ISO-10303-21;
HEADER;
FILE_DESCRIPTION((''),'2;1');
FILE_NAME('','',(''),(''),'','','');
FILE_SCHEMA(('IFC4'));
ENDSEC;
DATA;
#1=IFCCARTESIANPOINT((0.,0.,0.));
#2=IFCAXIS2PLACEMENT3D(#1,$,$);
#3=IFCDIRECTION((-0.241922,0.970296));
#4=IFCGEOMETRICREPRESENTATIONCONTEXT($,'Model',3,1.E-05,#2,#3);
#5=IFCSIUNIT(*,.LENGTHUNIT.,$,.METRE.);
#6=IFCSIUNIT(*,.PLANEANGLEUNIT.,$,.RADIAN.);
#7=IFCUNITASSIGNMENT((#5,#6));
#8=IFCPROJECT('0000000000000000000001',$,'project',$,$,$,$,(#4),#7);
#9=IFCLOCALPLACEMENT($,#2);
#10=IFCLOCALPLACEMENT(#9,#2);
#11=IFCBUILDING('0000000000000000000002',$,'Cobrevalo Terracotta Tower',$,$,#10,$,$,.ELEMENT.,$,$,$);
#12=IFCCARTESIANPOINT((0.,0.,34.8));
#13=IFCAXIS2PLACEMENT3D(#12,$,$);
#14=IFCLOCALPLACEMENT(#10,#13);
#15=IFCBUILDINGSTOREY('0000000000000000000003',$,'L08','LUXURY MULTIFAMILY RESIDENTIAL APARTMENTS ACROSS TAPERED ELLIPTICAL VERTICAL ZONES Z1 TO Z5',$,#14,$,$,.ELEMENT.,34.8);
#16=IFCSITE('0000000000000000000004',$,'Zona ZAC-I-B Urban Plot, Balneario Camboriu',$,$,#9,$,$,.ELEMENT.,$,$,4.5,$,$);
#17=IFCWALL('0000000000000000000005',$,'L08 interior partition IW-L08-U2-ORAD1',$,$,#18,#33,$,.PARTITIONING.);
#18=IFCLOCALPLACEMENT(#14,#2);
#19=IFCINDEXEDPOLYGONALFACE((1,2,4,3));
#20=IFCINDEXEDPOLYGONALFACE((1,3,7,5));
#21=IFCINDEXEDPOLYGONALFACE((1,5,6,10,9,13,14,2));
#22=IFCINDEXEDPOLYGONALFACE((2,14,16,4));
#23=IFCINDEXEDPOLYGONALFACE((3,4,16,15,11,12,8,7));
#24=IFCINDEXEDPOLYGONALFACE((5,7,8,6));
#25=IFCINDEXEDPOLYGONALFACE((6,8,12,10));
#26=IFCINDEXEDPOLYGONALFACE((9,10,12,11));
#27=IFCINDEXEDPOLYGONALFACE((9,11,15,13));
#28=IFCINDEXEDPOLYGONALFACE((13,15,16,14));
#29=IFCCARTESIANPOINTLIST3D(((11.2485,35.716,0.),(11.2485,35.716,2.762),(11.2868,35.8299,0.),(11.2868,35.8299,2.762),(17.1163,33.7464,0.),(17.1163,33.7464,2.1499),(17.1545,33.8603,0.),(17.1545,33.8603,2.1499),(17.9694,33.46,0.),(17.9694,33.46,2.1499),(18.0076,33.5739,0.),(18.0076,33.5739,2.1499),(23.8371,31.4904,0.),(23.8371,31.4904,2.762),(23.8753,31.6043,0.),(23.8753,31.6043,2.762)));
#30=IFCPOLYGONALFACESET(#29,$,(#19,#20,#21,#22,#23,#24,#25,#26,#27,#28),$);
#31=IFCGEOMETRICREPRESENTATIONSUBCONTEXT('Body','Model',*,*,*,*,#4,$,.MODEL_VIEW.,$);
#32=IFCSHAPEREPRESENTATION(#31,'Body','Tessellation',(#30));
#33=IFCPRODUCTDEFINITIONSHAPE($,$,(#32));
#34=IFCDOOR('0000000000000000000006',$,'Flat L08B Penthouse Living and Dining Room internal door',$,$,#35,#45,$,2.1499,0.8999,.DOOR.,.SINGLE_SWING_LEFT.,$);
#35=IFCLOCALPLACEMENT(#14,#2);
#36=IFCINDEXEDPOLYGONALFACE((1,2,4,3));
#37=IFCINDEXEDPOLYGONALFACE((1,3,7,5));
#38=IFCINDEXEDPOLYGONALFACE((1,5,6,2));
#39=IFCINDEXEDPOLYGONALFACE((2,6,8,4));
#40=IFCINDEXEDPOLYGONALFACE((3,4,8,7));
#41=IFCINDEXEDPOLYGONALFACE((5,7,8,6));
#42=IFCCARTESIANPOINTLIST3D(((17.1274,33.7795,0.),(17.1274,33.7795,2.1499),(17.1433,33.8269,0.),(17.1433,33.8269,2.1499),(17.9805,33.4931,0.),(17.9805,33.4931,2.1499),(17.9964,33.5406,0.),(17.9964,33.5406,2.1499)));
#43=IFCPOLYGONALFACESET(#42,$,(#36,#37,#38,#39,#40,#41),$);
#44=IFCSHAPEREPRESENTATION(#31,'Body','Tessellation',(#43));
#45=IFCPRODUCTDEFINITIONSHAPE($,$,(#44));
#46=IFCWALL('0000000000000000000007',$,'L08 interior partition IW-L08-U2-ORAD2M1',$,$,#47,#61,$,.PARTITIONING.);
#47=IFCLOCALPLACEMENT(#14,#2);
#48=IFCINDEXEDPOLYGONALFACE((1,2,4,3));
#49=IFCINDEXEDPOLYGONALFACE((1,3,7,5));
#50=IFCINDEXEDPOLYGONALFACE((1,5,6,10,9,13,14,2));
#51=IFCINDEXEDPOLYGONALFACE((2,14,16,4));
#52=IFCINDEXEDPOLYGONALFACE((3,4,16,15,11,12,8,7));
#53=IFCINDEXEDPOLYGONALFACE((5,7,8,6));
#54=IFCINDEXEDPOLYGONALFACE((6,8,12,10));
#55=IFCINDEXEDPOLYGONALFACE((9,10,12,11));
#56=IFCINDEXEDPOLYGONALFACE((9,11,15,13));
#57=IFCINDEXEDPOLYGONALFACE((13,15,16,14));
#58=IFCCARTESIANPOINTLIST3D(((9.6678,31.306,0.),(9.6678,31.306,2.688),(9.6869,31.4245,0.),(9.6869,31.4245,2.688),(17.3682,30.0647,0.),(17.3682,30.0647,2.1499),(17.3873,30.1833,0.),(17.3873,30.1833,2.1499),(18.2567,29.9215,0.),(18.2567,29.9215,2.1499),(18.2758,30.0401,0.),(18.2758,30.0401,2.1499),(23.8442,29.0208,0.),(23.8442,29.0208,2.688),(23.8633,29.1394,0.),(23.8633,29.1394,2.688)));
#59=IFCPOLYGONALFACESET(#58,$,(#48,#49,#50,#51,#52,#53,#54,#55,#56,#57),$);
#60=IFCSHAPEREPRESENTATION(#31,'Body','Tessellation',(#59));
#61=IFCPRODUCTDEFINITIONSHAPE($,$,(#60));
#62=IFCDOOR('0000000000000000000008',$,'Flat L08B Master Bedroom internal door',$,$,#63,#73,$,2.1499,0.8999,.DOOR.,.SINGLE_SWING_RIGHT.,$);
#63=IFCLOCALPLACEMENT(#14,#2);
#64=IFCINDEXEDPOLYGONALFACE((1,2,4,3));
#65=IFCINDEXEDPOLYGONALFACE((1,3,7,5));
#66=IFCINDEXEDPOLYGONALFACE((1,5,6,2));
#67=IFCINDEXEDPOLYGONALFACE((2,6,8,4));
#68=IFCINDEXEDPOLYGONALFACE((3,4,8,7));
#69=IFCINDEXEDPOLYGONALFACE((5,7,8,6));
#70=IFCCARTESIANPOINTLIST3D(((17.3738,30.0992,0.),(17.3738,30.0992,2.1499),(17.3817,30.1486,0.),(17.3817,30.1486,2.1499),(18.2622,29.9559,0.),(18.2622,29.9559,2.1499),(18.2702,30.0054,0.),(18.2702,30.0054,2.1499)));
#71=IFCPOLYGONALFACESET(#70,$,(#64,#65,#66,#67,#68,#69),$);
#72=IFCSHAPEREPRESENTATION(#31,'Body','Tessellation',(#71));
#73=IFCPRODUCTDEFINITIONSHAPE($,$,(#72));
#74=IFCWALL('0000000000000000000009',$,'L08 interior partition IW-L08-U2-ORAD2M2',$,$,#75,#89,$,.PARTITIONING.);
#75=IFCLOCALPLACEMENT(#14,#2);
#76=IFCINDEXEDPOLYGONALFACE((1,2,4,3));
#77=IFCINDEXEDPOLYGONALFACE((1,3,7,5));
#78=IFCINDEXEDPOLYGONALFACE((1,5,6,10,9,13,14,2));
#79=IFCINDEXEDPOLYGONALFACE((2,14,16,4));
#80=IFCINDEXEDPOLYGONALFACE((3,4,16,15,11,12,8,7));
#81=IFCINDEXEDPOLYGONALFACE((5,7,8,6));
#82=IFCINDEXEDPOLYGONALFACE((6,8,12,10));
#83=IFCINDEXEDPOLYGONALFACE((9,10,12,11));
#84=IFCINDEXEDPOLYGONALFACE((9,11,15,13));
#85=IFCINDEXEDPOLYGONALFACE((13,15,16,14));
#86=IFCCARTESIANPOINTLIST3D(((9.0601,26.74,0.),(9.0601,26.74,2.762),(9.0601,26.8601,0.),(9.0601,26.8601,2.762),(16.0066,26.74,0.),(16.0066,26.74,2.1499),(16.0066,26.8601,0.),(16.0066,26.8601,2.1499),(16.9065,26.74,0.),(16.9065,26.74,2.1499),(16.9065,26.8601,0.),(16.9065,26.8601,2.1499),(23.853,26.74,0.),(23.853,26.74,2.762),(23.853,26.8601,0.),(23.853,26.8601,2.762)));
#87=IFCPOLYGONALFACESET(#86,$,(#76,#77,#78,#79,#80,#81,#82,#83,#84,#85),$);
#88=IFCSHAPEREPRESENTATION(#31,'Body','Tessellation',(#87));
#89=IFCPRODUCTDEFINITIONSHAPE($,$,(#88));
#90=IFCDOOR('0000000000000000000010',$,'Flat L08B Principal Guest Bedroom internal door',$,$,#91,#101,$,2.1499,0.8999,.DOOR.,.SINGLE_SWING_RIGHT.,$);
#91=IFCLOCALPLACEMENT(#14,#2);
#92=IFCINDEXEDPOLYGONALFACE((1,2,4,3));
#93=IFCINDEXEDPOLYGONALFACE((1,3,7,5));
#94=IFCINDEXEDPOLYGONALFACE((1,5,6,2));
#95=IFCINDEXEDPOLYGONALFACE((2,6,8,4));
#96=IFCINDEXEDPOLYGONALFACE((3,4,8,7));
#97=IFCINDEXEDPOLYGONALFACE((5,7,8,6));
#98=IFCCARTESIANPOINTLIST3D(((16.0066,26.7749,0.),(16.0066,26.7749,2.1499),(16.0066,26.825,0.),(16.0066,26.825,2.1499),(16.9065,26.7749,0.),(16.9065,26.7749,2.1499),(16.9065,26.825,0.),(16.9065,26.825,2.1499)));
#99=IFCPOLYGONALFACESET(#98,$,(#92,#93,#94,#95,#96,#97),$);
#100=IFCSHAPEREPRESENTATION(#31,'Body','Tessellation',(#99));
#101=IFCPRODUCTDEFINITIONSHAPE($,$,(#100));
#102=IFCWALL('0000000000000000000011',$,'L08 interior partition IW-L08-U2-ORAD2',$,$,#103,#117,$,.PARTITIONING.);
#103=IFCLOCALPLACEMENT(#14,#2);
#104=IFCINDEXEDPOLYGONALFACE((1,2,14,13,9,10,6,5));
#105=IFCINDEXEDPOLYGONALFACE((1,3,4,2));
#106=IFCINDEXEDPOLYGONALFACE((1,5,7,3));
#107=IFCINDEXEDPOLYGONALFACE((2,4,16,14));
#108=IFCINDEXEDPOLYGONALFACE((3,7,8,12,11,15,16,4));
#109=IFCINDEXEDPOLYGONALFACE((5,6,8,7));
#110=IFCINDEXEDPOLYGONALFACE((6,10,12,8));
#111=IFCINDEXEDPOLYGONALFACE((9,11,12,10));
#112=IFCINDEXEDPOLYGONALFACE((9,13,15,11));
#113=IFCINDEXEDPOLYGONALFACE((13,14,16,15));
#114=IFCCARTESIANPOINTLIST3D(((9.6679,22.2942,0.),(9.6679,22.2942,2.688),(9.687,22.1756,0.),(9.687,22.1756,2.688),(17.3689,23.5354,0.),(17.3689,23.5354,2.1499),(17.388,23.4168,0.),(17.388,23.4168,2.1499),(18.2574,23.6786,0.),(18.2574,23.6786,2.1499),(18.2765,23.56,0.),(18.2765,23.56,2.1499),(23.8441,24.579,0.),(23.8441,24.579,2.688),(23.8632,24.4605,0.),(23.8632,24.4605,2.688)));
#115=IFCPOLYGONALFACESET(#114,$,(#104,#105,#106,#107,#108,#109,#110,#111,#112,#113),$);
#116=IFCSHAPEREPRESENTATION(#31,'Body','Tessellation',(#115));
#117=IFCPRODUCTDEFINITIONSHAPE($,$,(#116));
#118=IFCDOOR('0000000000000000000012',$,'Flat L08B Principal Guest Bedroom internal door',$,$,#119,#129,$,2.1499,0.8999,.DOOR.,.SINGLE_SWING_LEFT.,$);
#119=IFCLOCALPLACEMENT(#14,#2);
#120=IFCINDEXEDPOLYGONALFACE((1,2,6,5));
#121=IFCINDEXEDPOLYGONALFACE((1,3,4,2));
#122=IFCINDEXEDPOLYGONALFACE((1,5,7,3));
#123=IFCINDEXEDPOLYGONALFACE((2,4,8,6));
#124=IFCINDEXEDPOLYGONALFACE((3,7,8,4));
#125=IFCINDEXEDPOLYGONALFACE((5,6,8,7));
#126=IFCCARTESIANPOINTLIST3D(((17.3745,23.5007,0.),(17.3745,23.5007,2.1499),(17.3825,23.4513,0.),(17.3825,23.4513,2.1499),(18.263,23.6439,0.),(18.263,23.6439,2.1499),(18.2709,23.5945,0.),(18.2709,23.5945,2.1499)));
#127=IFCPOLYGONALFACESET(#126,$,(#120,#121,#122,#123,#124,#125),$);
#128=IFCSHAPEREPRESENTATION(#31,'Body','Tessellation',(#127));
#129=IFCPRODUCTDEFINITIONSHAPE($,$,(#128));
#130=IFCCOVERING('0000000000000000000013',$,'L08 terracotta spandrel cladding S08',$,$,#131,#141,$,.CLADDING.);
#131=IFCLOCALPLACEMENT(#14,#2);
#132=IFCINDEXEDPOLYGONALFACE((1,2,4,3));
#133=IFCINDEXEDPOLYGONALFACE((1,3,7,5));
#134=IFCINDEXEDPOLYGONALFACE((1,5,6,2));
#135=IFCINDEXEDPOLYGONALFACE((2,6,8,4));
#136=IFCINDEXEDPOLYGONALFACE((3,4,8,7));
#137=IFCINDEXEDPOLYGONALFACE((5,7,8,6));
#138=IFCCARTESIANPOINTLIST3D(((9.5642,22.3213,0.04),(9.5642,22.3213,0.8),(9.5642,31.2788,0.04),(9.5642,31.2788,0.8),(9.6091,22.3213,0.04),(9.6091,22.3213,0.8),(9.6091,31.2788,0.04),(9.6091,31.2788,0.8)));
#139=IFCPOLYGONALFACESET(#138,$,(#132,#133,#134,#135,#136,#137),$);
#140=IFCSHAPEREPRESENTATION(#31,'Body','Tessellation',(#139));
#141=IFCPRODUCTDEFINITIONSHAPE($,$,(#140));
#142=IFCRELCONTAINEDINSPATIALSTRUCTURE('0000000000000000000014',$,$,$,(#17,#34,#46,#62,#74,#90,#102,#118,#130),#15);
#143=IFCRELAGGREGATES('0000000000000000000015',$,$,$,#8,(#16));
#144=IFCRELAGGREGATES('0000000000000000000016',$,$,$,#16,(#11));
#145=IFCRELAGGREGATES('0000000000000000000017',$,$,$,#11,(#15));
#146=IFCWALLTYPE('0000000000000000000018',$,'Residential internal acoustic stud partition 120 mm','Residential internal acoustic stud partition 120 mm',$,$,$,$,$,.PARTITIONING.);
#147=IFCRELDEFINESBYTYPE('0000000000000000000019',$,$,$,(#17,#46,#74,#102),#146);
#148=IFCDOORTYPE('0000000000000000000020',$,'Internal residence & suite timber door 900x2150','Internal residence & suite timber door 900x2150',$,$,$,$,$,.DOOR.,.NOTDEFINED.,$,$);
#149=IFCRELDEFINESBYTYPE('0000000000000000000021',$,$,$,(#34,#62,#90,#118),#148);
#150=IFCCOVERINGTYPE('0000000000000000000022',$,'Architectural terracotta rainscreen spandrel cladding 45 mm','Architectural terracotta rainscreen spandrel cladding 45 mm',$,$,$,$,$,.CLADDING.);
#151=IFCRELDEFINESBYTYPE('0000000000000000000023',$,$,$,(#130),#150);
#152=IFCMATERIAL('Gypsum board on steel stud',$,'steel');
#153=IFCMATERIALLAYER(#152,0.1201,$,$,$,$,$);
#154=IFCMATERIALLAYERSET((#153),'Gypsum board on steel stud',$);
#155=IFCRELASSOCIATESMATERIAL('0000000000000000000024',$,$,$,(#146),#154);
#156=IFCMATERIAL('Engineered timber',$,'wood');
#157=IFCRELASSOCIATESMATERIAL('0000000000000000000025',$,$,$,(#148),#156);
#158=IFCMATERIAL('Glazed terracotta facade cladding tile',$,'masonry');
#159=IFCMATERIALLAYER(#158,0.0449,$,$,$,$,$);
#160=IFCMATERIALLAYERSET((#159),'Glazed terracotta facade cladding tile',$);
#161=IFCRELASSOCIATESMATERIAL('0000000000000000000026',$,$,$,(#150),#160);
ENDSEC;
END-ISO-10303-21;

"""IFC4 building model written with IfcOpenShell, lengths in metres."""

from ifc_helpers import new_model, si_unit, direction, frame, frame_2d, origin, origin_2d, place, context, subcontext, project, spatial, rectangle, extrude, source, transform, mapped, material, layer, layer_set, type_object, element, fill, save


model = new_model("IFC4")

# Units and contexts
model_context = context("Model", 3, precision=1e-05, world=origin(), true_north=direction((-0.241922, 0.970296)))
body_context = subcontext(model_context, "Body", "Model", "MODEL_VIEW")
ifc_project = project(units=[si_unit("LENGTHUNIT", "METRE"), si_unit("PLANEANGLEUNIT", "RADIAN")], contexts=[model_context])

# Site, building, storey
site_placement = place(None, origin())
site = spatial("IfcSite", under=ifc_project, at=site_placement, Name="Zona ZAC-I-B Urban Plot, Balneario Camboriu", CompositionType="ELEMENT", RefElevation=4.5)
building_placement = place(site_placement, origin())
building = spatial("IfcBuilding", under=site, at=building_placement, Name="Cobrevalo Terracotta Tower", CompositionType="ELEMENT")
storey_placement = place(building_placement, frame((0.0, 0.0, 34.8)))
storey = spatial("IfcBuildingStorey", under=building, at=storey_placement, Name="L08", Description="LUXURY MULTIFAMILY RESIDENTIAL APARTMENTS ACROSS TAPERED ELLIPTICAL VERTICAL ZONES Z1 TO Z5", CompositionType="ELEMENT", Elevation=34.8)

# Walls, openings, doors
ifc_material_1 = material(Name="Gypsum board on steel stud", Category="steel")
ifc_layer_1 = layer(ifc_material_1, 0.1201)
ifc_layer_set_1 = layer_set([ifc_layer_1], Name="Gypsum board on steel stud")
wall_type_1 = type_object("IfcWallType", Name="Residential internal acoustic stud partition 120 mm", Description="Residential internal acoustic stud partition 120 mm", PredefinedType="PARTITIONING", material=ifc_layer_set_1)
wall_1_placement = place(storey_placement, frame((23.8562, 31.5474, 0.0), z_axis=(0.0, 0.0, 1.0), x_axis=(-0.948017, 0.318218, 0.0)))
wall_1 = element("IfcWall", 1, at=wall_1_placement, inside=storey, type_object=wall_type_1, Name="L08 interior partition IW-L08-U2-ORAD1", PredefinedType="PARTITIONING", context=body_context, shape_type="SweptSolid", body=[
    extrude(rectangle(XDim=13.2788, YDim=0.1201, at=frame_2d((6.6394, 0.0))), origin(), (0.0, 0.0, 1.0), 2.762),
])
opening_1_placement = place(wall_1_placement, frame((6.1895, 0.0, 0.0)))
opening_1 = element("IfcOpeningElement", 2, at=opening_1_placement, cuts=wall_1, PredefinedType="OPENING", context=body_context, shape_type="SweptSolid", body=[
    extrude(rectangle(XDim=0.8999, YDim=2.1499, at=frame_2d((0.45, 1.075))), frame((0.0, 0.0701, 0.0), z_axis=(0.0, -1.0, 0.0), x_axis=(1.0, 0.0, 0.0)), (0.0, 0.0, 1.0), 0.1401),
])
ifc_material_2 = material(Name="Engineered timber", Category="wood")
door_type = type_object("IfcDoorType", Name="Internal residence & suite timber door 900x2150", Description="Internal residence & suite timber door 900x2150", OperationType="NOTDEFINED", PredefinedType="DOOR", material=ifc_material_2)
shared_shape_1 = source(origin(), body_context, "Body", "SweptSolid", [
    extrude(rectangle(XDim=0.8999, YDim=2.1499, at=frame_2d((0.45, 1.075))), frame((0.0, 0.0249, 0.0), z_axis=(0.0, -1.0, 0.0), x_axis=(1.0, 0.0, 0.0)), (0.0, 0.0, 1.0), 0.05),
])
door_1_placement = place(opening_1_placement, frame((0.8999, 0.0, 0.0), z_axis=(0.0, 0.0, 1.0), x_axis=(-1.0, 0.0, 0.0)))
door_1 = element("IfcDoor", 3, at=door_1_placement, inside=storey, type_object=door_type, Name="Flat L08B Penthouse Living and Dining Room internal door", OperationType="SINGLE_SWING_LEFT", OverallHeight=2.1499, OverallWidth=0.8999, PredefinedType="DOOR", context=body_context, shape_type="MappedRepresentation", body=[
    mapped(shared_shape_1, transform((0.0, 0.0, 0.0), scale=1.0)),
])
fill(opening_1, door_1)
wall_2_placement = place(storey_placement, frame((23.8538, 29.0801, 0.0), z_axis=(0.0, 0.0, 1.0), x_axis=(-0.987256, 0.159142, 0.0)))
wall_2 = element("IfcWall", 4, at=wall_2_placement, inside=storey, type_object=wall_type_1, Name="L08 interior partition IW-L08-U2-ORAD2M1", PredefinedType="PARTITIONING", context=body_context, shape_type="SweptSolid", body=[
    extrude(rectangle(XDim=14.3594, YDim=0.1201, at=frame_2d((7.1797, 0.0))), origin(), (0.0, 0.0, 1.0), 2.688),
])
opening_2_placement = place(wall_2_placement, frame((5.6597, 0.0, 0.0)))
opening_2 = element("IfcOpeningElement", 5, at=opening_2_placement, cuts=wall_2, PredefinedType="OPENING", context=body_context, shape_type="SweptSolid", body=[
    extrude(rectangle(XDim=0.8999, YDim=2.1499, at=frame_2d((0.45, 1.075))), frame((0.0, 0.0701, 0.0), z_axis=(0.0, -1.0, 0.0), x_axis=(1.0, 0.0, 0.0)), (0.0, 0.0, 1.0), 0.1401),
])
door_2_placement = place(opening_2_placement, frame((0.8999, 0.0, 0.0), z_axis=(0.0, 0.0, 1.0), x_axis=(-1.0, 0.0, 0.0)))
door_2 = element("IfcDoor", 6, at=door_2_placement, inside=storey, type_object=door_type, Name="Flat L08B Master Bedroom internal door", OperationType="SINGLE_SWING_RIGHT", OverallHeight=2.1499, OverallWidth=0.8999, PredefinedType="DOOR", context=body_context, shape_type="MappedRepresentation", body=[
    mapped(shared_shape_1, transform((0.0, 0.0, 0.0), scale=1.0)),
])
fill(opening_2, door_2)
wall_3_placement = place(storey_placement, frame((23.853, 26.8, 0.0), z_axis=(0.0, 0.0, 1.0), x_axis=(-1.0, 0.0, 0.0)))
wall_3 = element("IfcWall", 7, at=wall_3_placement, inside=storey, type_object=wall_type_1, Name="L08 interior partition IW-L08-U2-ORAD2M2", PredefinedType="PARTITIONING", context=body_context, shape_type="SweptSolid", body=[
    extrude(rectangle(XDim=14.793, YDim=0.1201, at=frame_2d((7.3965, 0.0))), origin(), (0.0, 0.0, 1.0), 2.762),
])
opening_3_placement = place(wall_3_placement, frame((6.9465, 0.0, 0.0)))
opening_3 = element("IfcOpeningElement", 8, at=opening_3_placement, cuts=wall_3, PredefinedType="OPENING", context=body_context, shape_type="SweptSolid", body=[
    extrude(rectangle(XDim=0.8999, YDim=2.1499, at=frame_2d((0.45, 1.075))), frame((0.0, 0.0701, 0.0), z_axis=(0.0, -1.0, 0.0), x_axis=(1.0, 0.0, 0.0)), (0.0, 0.0, 1.0), 0.1401),
])
door_3_placement = place(opening_3_placement, frame((0.8999, 0.0, 0.0), z_axis=(0.0, 0.0, 1.0), x_axis=(-1.0, 0.0, 0.0)))
door_3 = element("IfcDoor", 9, at=door_3_placement, inside=storey, type_object=door_type, Name="Flat L08B Principal Guest Bedroom internal door", OperationType="SINGLE_SWING_RIGHT", OverallHeight=2.1499, OverallWidth=0.8999, PredefinedType="DOOR", context=body_context, shape_type="MappedRepresentation", body=[
    mapped(shared_shape_1, transform((0.0, 0.0, 0.0), scale=1.0)),
])
fill(opening_3, door_3)
wall_4_placement = place(storey_placement, frame((23.8538, 24.5198, 0.0), z_axis=(0.0, 0.0, 1.0), x_axis=(-0.987258, -0.159125, 0.0)))
wall_4 = element("IfcWall", 10, at=wall_4_placement, inside=storey, type_object=wall_type_1, Name="L08 interior partition IW-L08-U2-ORAD2", PredefinedType="PARTITIONING", context=body_context, shape_type="SweptSolid", body=[
    extrude(rectangle(XDim=14.3591, YDim=0.1201, at=frame_2d((7.1797, 0.0))), origin(), (0.0, 0.0, 1.0), 2.688),
])
opening_4_placement = place(wall_4_placement, frame((5.6589, 0.0, 0.0)))
opening_4 = element("IfcOpeningElement", 11, at=opening_4_placement, cuts=wall_4, PredefinedType="OPENING", context=body_context, shape_type="SweptSolid", body=[
    extrude(rectangle(XDim=0.8999, YDim=2.1499, at=frame_2d((0.45, 1.075))), frame((0.0, 0.0701, 0.0), z_axis=(0.0, -1.0, 0.0), x_axis=(1.0, 0.0, 0.0)), (0.0, 0.0, 1.0), 0.1401),
])
door_4_placement = place(opening_4_placement, frame((0.8999, 0.0, 0.0), z_axis=(0.0, 0.0, 1.0), x_axis=(-1.0, 0.0, 0.0)))
door_4 = element("IfcDoor", 12, at=door_4_placement, inside=storey, type_object=door_type, Name="Flat L08B Principal Guest Bedroom internal door", OperationType="SINGLE_SWING_LEFT", OverallHeight=2.1499, OverallWidth=0.8999, PredefinedType="DOOR", context=body_context, shape_type="MappedRepresentation", body=[
    mapped(shared_shape_1, transform((0.0, 0.0, 0.0), scale=1.0)),
])
fill(opening_4, door_4)

# Covering
ifc_material_3 = material(Name="Glazed terracotta facade cladding tile", Category="masonry")
ifc_layer_2 = layer(ifc_material_3, 0.0449)
ifc_layer_set_2 = layer_set([ifc_layer_2], Name="Glazed terracotta facade cladding tile")
covering_type = type_object("IfcCoveringType", Name="Architectural terracotta rainscreen spandrel cladding 45 mm", Description="Architectural terracotta rainscreen spandrel cladding 45 mm", PredefinedType="CLADDING", material=ifc_layer_set_2)
shared_shape_2 = source(origin(), body_context, "Body", "SweptSolid", [
    extrude(rectangle(XDim=8.9575, YDim=0.0449, at=origin_2d()), origin(), (0.0, 0.0, 1.0), 0.76),
])
covering_placement = place(storey_placement, frame((9.5867, 26.8, 0.04), z_axis=(0.0, 0.0, 1.0), x_axis=(0.0, -1.0, 0.0)))
element("IfcCovering", 13, at=covering_placement, inside=storey, type_object=covering_type, Name="L08 terracotta spandrel cladding S08", PredefinedType="CLADDING", context=body_context, shape_type="MappedRepresentation", body=[
    mapped(shared_shape_2, transform((0.0, 0.0, 0.0), scale=1.0)),
])

save(model, "model.ifc")
